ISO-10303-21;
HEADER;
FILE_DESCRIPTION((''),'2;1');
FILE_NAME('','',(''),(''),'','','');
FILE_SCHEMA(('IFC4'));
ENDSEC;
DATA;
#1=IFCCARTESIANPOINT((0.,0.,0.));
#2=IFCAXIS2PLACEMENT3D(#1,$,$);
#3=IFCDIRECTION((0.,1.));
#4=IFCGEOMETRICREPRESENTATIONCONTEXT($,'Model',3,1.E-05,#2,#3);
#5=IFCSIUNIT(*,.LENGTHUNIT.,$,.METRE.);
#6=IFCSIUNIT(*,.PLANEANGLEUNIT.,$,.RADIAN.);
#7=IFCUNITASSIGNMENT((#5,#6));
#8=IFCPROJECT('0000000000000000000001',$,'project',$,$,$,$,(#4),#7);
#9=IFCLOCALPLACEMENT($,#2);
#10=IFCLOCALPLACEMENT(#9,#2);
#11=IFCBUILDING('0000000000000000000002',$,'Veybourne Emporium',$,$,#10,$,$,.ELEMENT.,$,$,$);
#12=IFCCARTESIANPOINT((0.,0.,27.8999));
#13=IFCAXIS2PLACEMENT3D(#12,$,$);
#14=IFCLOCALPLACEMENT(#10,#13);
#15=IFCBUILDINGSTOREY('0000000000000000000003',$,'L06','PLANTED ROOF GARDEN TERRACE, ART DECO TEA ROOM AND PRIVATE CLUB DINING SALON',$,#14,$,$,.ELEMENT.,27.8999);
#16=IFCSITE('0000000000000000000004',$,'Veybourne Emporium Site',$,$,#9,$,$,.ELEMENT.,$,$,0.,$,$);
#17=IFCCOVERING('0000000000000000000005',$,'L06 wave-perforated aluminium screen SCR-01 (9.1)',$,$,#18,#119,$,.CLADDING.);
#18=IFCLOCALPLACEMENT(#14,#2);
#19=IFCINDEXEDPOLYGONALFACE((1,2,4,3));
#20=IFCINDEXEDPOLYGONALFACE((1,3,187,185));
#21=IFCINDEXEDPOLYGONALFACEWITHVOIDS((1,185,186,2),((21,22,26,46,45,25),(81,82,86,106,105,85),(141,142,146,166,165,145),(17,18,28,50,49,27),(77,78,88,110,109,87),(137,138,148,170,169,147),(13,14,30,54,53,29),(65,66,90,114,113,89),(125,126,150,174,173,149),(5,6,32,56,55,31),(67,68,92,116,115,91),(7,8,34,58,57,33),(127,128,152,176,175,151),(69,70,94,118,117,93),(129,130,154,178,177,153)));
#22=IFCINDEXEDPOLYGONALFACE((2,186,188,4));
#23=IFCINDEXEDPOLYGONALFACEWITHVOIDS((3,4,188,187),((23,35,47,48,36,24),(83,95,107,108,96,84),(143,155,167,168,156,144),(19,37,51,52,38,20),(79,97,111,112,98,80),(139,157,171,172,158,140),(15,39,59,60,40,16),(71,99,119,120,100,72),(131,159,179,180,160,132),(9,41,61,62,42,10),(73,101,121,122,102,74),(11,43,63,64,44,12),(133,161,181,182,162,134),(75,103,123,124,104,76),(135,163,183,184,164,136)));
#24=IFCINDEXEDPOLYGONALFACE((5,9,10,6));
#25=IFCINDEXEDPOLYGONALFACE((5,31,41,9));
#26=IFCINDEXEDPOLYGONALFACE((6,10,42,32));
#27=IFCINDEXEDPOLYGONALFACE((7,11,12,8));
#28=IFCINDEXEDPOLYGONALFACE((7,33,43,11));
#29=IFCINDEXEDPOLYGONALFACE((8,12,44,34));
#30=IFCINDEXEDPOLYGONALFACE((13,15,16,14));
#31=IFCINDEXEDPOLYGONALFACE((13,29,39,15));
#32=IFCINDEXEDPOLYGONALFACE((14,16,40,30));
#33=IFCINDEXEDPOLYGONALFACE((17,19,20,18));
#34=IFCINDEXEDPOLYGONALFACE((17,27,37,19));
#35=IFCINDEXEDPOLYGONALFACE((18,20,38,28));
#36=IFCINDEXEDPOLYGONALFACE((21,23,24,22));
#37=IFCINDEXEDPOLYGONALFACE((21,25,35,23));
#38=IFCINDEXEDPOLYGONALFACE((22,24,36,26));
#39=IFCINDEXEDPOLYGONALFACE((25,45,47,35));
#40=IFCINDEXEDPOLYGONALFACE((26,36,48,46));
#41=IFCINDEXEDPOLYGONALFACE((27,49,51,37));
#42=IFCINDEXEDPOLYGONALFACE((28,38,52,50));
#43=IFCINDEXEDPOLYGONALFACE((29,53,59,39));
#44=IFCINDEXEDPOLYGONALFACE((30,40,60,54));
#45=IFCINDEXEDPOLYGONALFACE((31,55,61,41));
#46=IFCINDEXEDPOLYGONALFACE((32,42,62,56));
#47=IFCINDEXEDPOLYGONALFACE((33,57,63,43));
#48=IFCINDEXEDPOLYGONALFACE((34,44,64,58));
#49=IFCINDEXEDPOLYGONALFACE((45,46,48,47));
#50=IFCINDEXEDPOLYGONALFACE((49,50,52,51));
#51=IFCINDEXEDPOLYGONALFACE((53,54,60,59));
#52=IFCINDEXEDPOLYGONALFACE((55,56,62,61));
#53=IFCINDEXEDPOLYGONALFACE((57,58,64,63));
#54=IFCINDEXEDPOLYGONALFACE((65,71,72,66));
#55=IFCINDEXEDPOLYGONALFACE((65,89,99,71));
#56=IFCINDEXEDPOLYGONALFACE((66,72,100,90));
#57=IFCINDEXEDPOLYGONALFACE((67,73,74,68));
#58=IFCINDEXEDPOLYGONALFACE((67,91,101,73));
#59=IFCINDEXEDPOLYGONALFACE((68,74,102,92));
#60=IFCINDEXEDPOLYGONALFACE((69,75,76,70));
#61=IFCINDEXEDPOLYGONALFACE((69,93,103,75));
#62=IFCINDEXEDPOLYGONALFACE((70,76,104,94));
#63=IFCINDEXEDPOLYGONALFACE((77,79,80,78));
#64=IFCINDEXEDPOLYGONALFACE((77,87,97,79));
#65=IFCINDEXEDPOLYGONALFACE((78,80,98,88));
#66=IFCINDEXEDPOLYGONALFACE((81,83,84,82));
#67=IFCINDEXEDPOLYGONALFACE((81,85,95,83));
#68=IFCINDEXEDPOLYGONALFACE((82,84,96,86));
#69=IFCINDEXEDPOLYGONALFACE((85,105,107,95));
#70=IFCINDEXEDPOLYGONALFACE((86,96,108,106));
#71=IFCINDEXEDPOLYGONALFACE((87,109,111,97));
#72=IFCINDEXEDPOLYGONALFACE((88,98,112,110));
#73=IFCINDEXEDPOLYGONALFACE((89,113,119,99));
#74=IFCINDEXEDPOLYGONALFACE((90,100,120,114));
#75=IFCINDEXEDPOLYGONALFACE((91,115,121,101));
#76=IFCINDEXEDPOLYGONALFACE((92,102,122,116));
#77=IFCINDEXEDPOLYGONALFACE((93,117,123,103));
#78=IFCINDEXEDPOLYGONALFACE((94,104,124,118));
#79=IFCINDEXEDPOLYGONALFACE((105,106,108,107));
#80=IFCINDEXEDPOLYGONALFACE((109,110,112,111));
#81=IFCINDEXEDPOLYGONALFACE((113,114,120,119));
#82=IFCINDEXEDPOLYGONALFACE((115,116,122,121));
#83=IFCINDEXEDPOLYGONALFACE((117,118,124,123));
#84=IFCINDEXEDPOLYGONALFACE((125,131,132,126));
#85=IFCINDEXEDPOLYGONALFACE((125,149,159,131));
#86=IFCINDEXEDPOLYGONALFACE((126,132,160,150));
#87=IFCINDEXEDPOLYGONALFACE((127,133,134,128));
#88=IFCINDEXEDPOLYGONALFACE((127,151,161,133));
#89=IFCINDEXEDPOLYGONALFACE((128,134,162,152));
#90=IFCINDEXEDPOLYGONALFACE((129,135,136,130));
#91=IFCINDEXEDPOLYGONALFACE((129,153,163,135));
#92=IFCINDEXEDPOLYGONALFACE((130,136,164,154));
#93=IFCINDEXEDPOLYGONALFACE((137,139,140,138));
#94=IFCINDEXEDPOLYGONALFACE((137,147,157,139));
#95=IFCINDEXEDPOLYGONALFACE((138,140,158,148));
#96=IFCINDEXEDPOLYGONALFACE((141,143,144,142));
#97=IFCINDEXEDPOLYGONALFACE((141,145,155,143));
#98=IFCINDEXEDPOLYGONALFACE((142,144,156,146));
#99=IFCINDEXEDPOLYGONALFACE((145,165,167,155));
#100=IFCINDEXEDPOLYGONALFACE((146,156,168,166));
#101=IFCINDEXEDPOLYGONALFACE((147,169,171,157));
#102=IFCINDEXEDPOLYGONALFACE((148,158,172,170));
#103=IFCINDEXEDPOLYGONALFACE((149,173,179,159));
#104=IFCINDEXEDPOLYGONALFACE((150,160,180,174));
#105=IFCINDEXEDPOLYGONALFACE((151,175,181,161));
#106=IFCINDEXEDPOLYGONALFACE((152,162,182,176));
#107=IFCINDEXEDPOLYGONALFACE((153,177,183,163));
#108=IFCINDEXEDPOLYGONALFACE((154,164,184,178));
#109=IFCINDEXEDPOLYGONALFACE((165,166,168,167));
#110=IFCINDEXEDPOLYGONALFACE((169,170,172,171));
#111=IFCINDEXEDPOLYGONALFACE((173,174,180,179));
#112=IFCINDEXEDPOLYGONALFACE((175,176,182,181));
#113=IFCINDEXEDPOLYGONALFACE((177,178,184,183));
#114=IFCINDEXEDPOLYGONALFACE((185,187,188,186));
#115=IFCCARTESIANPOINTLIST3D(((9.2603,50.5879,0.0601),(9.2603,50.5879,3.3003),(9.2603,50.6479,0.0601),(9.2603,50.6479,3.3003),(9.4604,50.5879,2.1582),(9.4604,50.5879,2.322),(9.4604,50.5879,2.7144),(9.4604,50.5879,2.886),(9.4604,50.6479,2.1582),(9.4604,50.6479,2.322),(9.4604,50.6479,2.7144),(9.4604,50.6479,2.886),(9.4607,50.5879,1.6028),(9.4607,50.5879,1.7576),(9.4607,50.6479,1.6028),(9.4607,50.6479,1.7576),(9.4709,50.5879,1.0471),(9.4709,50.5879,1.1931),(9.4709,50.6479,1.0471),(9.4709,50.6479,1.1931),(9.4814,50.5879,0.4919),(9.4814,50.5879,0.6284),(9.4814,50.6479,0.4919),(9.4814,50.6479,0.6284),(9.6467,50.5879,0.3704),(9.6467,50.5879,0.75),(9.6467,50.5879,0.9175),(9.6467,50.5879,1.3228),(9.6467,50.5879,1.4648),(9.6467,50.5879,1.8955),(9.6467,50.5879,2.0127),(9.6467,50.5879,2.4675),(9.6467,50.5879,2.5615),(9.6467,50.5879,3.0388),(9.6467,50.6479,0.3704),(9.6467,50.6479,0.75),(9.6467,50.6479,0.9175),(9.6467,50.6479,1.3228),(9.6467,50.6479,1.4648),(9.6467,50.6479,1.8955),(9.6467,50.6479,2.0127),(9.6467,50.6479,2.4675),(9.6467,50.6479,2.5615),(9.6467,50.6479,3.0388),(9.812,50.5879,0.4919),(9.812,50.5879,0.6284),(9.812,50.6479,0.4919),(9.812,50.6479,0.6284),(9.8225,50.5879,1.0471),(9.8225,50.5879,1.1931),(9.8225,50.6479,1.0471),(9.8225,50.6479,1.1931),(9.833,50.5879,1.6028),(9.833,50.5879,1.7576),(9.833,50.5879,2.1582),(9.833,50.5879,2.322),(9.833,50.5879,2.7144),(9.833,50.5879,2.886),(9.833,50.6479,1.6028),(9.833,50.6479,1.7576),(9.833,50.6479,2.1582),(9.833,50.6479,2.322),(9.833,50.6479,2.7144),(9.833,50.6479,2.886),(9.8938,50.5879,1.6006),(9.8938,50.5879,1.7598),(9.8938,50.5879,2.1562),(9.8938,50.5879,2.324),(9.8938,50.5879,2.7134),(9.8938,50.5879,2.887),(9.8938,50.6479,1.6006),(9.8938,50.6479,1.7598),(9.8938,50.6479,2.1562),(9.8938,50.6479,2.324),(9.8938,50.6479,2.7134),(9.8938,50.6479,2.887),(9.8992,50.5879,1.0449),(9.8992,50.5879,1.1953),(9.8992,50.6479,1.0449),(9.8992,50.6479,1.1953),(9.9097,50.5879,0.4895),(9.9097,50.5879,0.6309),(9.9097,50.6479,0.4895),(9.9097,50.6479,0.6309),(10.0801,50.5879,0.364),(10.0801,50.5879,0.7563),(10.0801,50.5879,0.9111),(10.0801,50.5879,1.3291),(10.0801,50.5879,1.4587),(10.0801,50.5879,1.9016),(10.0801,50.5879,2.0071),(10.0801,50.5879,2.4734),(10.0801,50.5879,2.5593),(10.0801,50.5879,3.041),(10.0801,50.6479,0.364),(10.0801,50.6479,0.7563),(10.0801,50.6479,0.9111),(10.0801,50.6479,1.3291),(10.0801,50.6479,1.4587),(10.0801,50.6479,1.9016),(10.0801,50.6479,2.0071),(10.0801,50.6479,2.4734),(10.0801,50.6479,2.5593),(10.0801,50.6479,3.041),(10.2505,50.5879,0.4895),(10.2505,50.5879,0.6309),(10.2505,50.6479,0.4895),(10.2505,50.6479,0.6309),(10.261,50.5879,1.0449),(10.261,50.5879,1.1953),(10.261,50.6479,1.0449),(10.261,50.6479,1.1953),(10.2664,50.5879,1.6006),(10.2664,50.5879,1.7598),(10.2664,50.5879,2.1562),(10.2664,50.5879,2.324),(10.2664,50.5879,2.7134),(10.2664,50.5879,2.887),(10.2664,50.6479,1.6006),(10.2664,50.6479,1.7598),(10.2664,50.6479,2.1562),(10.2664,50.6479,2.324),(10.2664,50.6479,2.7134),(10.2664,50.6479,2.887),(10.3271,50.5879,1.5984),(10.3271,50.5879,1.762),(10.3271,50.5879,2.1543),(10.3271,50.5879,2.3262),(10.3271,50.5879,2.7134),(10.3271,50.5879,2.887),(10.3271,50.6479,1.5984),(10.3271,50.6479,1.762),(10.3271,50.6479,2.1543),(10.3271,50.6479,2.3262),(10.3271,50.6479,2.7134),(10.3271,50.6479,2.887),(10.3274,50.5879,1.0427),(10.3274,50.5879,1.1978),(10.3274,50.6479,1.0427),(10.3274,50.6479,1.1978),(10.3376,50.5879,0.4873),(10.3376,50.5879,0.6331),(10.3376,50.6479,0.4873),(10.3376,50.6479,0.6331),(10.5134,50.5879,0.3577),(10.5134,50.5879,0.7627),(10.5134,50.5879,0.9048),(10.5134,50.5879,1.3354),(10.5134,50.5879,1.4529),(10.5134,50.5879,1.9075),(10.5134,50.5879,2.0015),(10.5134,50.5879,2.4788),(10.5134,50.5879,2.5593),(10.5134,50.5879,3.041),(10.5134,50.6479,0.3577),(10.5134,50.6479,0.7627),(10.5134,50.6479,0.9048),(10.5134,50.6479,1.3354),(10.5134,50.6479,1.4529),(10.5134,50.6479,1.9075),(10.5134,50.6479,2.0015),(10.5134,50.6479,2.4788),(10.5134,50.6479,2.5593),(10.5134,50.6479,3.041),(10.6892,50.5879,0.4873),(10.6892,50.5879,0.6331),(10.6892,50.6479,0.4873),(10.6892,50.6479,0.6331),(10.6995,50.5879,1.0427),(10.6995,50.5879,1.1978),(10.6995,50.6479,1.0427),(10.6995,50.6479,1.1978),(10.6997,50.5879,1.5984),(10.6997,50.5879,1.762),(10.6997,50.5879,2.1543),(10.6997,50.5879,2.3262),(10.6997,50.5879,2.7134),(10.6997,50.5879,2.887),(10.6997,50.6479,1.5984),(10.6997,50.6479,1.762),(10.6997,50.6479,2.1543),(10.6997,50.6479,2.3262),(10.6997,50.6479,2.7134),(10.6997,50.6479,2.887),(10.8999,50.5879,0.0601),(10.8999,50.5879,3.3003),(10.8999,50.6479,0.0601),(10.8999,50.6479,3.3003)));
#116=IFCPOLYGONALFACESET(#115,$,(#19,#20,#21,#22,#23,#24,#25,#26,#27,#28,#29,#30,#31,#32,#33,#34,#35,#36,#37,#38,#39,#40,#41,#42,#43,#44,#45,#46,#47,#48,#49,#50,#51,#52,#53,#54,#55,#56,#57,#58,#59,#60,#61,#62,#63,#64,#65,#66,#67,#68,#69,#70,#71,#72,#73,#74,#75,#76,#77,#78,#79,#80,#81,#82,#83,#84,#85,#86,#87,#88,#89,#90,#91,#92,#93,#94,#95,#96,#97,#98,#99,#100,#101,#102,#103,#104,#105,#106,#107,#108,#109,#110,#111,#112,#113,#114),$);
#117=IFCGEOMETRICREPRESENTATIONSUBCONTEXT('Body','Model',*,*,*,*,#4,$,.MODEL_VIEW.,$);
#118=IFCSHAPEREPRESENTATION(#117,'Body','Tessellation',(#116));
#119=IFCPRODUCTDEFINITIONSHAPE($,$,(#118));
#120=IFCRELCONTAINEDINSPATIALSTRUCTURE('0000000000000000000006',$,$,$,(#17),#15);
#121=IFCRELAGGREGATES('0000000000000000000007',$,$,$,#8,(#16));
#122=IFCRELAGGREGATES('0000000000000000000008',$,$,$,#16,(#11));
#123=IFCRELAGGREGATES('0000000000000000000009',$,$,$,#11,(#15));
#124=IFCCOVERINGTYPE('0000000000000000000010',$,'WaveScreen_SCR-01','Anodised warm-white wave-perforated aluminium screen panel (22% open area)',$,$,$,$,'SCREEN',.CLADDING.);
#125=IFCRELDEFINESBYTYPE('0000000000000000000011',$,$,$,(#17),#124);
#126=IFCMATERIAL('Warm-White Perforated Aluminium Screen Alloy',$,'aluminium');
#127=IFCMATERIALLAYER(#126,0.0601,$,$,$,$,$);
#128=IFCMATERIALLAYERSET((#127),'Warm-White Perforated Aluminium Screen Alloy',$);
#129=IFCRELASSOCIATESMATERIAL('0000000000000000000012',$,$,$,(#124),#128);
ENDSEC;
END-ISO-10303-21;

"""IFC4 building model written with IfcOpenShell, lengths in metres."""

from ifc_helpers import new_model, si_unit, direction, frame, origin, place, context, subcontext, project, spatial, polyline, outline, extrude, material, layer, layer_set, type_object, element, save


model = new_model("IFC4")

# Units and contexts
model_context = context("Model", 3, precision=1e-05, world=origin(), true_north=direction((0.0, 1.0)))
body_context = subcontext(model_context, "Body", "Model", "MODEL_VIEW")
ifc_project = project(units=[si_unit("LENGTHUNIT", "METRE"), si_unit("PLANEANGLEUNIT", "RADIAN")], contexts=[model_context])

# Site, building, storey
site_placement = place(None, origin())
site = spatial("IfcSite", under=ifc_project, at=site_placement, Name="Veybourne Emporium Site", CompositionType="ELEMENT", RefElevation=0.0)
building_placement = place(site_placement, origin())
building = spatial("IfcBuilding", under=site, at=building_placement, Name="Veybourne Emporium", CompositionType="ELEMENT")
storey_placement = place(building_placement, frame((0.0, 0.0, 27.8999)))
storey = spatial("IfcBuildingStorey", under=building, at=storey_placement, Name="L06", Description="PLANTED ROOF GARDEN TERRACE, ART DECO TEA ROOM AND PRIVATE CLUB DINING SALON", CompositionType="ELEMENT", Elevation=27.8999)

# Covering
ifc_material_1 = material(Name="Warm-White Perforated Aluminium Screen Alloy", Category="aluminium")
ifc_layer_1 = layer(ifc_material_1, 0.0601)
ifc_layer_set_1 = layer_set([ifc_layer_1], Name="Warm-White Perforated Aluminium Screen Alloy")
covering_type_1 = type_object("IfcCoveringType", Name="WaveScreen_SCR-01", Description="Anodised warm-white wave-perforated aluminium screen panel (22% open area)", ElementType="SCREEN", PredefinedType="CLADDING", material=ifc_layer_set_1)
covering_1_placement = place(storey_placement, frame((10.0801, 50.6479, 1.6802), z_axis=(0.0, -1.0, 0.0), x_axis=(1.0, 0.0, 0.0)))
element("IfcCovering", 1, at=covering_1_placement, inside=storey, type_object=covering_type_1, Name="L06 wave-perforated aluminium screen SCR-01 (9.1)", PredefinedType="CLADDING", context=body_context, shape_type="SweptSolid", body=[
    extrude(outline(polyline([(-0.8198, -1.6201), (0.8198, -1.6201), (0.8198, 1.6201), (-0.8198, 1.6201), (-0.8198, -1.6201)]), holes=[polyline([(-0.4333, -0.9302), (-0.2681, -1.0518), (-0.2681, -1.1882), (-0.4333, -1.3098), (-0.5986, -1.1882), (-0.5986, -1.0518), (-0.4333, -0.9302)]), polyline([(-0.4333, -0.3574), (-0.2576, -0.4871), (-0.2576, -0.6331), (-0.4333, -0.7627), (-0.6091, -0.6331), (-0.6091, -0.4871), (-0.4333, -0.3574)]), polyline([(-0.4333, 0.2153), (-0.2471, 0.0774), (-0.2471, -0.0774), (-0.4333, -0.2153), (-0.6194, -0.0774), (-0.6194, 0.0774), (-0.4333, 0.2153)]), polyline([(-0.4333, 0.7874), (-0.2471, 0.6418), (-0.2471, 0.478), (-0.4333, 0.3325), (-0.6196, 0.478), (-0.6196, 0.6418), (-0.4333, 0.7874)]), polyline([(-0.4333, 1.3586), (-0.2471, 1.2058), (-0.2471, 1.0342), (-0.4333, 0.8813), (-0.6196, 1.0342), (-0.6196, 1.2058), (-0.4333, 1.3586)]), polyline([(0.0, -0.9238), (0.1704, -1.0493), (0.1704, -1.1907), (0.0, -1.3162), (-0.1704, -1.1907), (-0.1704, -1.0493), (0.0, -0.9238)]), polyline([(0.0, -0.3511), (0.1809, -0.4849), (0.1809, -0.6353), (0.0, -0.769), (-0.1809, -0.6353), (-0.1809, -0.4849), (0.0, -0.3511)]), polyline([(0.0, 0.2214), (0.1863, 0.0796), (0.1863, -0.0796), (0.0, -0.2214), (-0.1863, -0.0796), (-0.1863, 0.0796), (0.0, 0.2214)]), polyline([(0.0, 0.7932), (0.1863, 0.6438), (0.1863, 0.4761), (0.0, 0.3269), (-0.1863, 0.4761), (-0.1863, 0.6438), (0.0, 0.7932)]), polyline([(0.0, 1.3608), (0.1863, 1.2068), (0.1863, 1.0332), (0.0, 0.8792), (-0.1863, 1.0332), (-0.1863, 1.2068), (0.0, 1.3608)]), polyline([(0.4333, -0.9175), (0.6091, -1.0471), (0.6091, -1.1929), (0.4333, -1.3225), (0.2576, -1.1929), (0.2576, -1.0471), (0.4333, -0.9175)]), polyline([(0.4333, -0.3447), (0.6194, -0.4824), (0.6194, -0.6375), (0.4333, -0.7754), (0.2473, -0.6375), (0.2473, -0.4824), (0.4333, -0.3447)]), polyline([(0.4333, 0.2273), (0.6196, 0.0818), (0.6196, -0.0818), (0.4333, -0.2273), (0.2471, -0.0818), (0.2471, 0.0818), (0.4333, 0.2273)]), polyline([(0.4333, 0.7986), (0.6196, 0.646), (0.6196, 0.4741), (0.4333, 0.3213), (0.2471, 0.4741), (0.2471, 0.646), (0.4333, 0.7986)]), polyline([(0.4333, 1.3608), (0.6196, 1.2068), (0.6196, 1.0332), (0.4333, 0.8792), (0.2471, 1.0332), (0.2471, 1.2068), (0.4333, 1.3608)])]), origin(), (0.0, 0.0, 1.0), 0.0601),
])

save(model, "model.ifc")
